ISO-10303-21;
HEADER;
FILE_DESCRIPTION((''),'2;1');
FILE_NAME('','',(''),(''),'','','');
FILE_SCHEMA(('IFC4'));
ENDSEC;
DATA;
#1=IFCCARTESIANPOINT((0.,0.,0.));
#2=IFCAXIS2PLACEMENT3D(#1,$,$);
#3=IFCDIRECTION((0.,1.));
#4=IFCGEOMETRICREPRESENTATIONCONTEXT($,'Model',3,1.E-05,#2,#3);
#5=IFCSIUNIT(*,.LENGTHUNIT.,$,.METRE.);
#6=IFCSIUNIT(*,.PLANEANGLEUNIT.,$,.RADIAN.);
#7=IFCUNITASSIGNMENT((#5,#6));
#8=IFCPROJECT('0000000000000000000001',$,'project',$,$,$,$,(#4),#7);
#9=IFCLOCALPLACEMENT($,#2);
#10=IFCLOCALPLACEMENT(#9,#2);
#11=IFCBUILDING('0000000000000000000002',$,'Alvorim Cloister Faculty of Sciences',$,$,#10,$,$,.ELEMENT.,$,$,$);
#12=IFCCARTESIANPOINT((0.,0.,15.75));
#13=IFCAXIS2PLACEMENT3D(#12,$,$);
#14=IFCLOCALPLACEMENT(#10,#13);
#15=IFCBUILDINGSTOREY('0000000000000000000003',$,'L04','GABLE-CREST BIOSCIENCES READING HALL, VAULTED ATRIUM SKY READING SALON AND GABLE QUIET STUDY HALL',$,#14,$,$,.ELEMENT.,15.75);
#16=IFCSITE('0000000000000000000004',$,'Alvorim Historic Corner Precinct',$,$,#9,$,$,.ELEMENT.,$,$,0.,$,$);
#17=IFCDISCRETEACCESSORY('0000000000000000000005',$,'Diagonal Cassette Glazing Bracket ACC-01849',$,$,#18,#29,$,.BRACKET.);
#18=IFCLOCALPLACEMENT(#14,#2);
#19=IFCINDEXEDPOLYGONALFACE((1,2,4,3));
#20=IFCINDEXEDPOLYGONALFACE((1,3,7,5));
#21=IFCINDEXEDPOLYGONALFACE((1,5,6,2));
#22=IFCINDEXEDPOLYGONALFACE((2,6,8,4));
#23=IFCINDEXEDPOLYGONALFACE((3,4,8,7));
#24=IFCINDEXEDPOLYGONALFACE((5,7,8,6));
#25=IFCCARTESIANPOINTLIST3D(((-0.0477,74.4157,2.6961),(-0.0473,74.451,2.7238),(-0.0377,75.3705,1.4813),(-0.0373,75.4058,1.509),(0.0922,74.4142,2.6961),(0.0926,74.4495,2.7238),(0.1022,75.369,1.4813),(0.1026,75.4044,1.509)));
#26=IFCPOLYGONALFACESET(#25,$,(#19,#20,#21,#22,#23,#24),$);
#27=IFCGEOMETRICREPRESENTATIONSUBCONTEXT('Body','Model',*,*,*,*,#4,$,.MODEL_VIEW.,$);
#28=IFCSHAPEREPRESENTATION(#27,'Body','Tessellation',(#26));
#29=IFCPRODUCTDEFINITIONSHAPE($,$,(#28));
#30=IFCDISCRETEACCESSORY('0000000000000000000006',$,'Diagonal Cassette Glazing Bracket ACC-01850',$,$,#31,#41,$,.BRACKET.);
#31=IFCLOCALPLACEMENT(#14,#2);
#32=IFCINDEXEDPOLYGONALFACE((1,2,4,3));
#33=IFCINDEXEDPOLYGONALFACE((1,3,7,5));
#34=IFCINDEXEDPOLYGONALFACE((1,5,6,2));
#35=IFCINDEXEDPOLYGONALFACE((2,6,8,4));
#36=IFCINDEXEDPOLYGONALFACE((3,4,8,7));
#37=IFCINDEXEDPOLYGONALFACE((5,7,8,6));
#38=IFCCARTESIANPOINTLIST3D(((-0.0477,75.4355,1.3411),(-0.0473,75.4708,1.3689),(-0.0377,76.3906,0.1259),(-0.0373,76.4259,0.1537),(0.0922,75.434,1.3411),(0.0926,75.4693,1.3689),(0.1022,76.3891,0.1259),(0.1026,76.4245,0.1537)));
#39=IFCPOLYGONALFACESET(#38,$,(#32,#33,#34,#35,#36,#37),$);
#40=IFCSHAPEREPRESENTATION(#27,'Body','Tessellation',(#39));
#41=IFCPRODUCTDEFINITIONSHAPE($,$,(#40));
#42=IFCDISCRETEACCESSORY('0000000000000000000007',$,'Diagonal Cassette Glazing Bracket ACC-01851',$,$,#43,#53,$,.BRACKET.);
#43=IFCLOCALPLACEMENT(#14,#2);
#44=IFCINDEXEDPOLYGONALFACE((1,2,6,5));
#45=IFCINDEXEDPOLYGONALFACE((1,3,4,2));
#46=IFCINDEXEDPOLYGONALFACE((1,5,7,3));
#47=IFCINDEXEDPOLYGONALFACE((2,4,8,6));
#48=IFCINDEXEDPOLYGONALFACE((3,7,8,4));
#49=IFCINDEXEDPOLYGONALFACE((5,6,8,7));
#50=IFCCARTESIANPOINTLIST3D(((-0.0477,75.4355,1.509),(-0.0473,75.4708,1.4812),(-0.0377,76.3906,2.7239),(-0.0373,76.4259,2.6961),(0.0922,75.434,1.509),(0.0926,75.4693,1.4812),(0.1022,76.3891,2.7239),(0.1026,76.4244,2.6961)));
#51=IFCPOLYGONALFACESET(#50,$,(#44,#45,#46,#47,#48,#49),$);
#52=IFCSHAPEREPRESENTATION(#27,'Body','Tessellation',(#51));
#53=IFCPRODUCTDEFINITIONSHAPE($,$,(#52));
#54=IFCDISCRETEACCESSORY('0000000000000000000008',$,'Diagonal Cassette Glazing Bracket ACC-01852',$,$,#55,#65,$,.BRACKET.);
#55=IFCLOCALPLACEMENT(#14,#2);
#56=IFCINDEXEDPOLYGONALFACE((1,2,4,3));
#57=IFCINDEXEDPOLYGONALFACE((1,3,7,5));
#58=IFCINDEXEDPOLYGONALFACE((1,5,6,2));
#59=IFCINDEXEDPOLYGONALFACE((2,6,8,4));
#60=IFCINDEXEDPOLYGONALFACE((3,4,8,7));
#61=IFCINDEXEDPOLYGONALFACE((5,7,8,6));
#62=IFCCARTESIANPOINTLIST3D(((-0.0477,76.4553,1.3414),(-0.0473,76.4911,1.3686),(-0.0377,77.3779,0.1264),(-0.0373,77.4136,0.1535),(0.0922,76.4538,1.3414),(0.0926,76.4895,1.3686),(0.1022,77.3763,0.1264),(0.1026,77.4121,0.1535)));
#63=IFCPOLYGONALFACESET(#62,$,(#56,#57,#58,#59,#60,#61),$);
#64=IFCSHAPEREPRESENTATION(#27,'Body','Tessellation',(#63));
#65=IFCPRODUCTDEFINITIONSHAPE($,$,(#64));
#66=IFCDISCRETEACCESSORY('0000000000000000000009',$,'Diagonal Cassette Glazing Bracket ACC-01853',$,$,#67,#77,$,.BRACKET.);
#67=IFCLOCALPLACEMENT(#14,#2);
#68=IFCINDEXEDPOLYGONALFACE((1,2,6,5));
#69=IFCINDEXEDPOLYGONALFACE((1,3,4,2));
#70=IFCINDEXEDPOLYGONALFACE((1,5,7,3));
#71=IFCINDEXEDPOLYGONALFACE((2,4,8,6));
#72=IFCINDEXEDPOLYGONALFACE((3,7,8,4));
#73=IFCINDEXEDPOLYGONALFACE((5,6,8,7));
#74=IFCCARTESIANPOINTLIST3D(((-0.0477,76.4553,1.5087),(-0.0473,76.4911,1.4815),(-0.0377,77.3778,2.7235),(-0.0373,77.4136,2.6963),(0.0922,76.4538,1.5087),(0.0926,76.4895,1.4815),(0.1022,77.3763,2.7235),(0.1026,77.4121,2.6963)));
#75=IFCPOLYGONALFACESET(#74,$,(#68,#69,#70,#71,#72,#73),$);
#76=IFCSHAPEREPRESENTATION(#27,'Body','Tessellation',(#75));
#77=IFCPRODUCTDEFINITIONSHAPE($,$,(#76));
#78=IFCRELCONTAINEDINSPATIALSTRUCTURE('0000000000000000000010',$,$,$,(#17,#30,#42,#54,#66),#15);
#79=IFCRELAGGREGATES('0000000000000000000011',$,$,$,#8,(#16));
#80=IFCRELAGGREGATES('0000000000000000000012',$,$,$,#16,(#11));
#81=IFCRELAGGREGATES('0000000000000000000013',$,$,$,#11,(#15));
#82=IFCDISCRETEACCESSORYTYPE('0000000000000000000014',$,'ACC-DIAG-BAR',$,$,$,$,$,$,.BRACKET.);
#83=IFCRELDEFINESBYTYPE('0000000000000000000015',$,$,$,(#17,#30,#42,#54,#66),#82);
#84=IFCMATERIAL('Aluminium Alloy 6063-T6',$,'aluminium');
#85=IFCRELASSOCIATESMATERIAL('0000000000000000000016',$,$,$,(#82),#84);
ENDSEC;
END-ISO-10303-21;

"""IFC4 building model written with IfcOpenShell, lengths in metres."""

from ifc_helpers import new_model, si_unit, direction, frame, origin, origin_2d, place, context, subcontext, project, spatial, rectangle, extrude, material, type_object, element, save


model = new_model("IFC4")

# Units and contexts
model_context = context("Model", 3, precision=1e-05, world=origin(), true_north=direction((0.0, 1.0)))
body_context = subcontext(model_context, "Body", "Model", "MODEL_VIEW")
ifc_project = project(units=[si_unit("LENGTHUNIT", "METRE"), si_unit("PLANEANGLEUNIT", "RADIAN")], contexts=[model_context])

# Site, building, storey
site_placement = place(None, origin())
site = spatial("IfcSite", under=ifc_project, at=site_placement, Name="Alvorim Historic Corner Precinct", CompositionType="ELEMENT", RefElevation=0.0)
building_placement = place(site_placement, origin())
building = spatial("IfcBuilding", under=site, at=building_placement, Name="Alvorim Cloister Faculty of Sciences", CompositionType="ELEMENT")
storey_placement = place(building_placement, frame((0.0, 0.0, 15.75)))
storey = spatial("IfcBuildingStorey", under=building, at=storey_placement, Name="L04", Description="GABLE-CREST BIOSCIENCES READING HALL, VAULTED ATRIUM SKY READING SALON AND GABLE QUIET STUDY HALL", CompositionType="ELEMENT", Elevation=15.75)

# Shared definitions
ifc_material_1 = material(Name="Aluminium Alloy 6063-T6", Category="aluminium")

# Discrete accessories
discrete_accessory_type = type_object("IfcDiscreteAccessoryType", Name="ACC-DIAG-BAR", PredefinedType="BRACKET", material=ifc_material_1)
discrete_accessory_1_placement = place(storey_placement, frame((0.0225, 74.4326, 2.71), z_axis=(0.006478, 0.617934, -0.786203), x_axis=(-0.999945, 0.010483, 0.0)))
element("IfcDiscreteAccessory", 1, at=discrete_accessory_1_placement, inside=storey, type_object=discrete_accessory_type, Name="Diagonal Cassette Glazing Bracket ACC-01849", PredefinedType="BRACKET", context=body_context, shape_type="SweptSolid", body=[
    extrude(rectangle(XDim=0.1399, YDim=0.0449, at=origin_2d()), origin(), (0.0, 0.0, 1.0), 1.5452),
])
discrete_accessory_2_placement = place(storey_placement, frame((0.0225, 75.4524, 1.355), z_axis=(0.006477, 0.617955, -0.786187), x_axis=(-0.999945, 0.01048, 0.0)))
element("IfcDiscreteAccessory", 2, at=discrete_accessory_2_placement, inside=storey, type_object=discrete_accessory_type, Name="Diagonal Cassette Glazing Bracket ACC-01850", PredefinedType="BRACKET", context=body_context, shape_type="SweptSolid", body=[
    extrude(rectangle(XDim=0.1399, YDim=0.0449, at=origin_2d()), origin(), (0.0, 0.0, 1.0), 1.5457),
])
discrete_accessory_3_placement = place(storey_placement, frame((0.0225, 75.4524, 1.4951), z_axis=(0.006477, 0.618032, 0.786126), x_axis=(-0.999945, 0.01048, 0.0)))
element("IfcDiscreteAccessory", 3, at=discrete_accessory_3_placement, inside=storey, type_object=discrete_accessory_type, Name="Diagonal Cassette Glazing Bracket ACC-01851", PredefinedType="BRACKET", context=body_context, shape_type="SweptSolid", body=[
    extrude(rectangle(XDim=0.1399, YDim=0.0449, at=origin_2d()), origin(), (0.0, 0.0, 1.0), 1.5454),
])
discrete_accessory_4_placement = place(storey_placement, frame((0.0225, 76.4724, 1.355), z_axis=(0.006561, 0.604713, -0.796416), x_axis=(-0.999941, 0.010849, 0.0)))
element("IfcDiscreteAccessory", 4, at=discrete_accessory_4_placement, inside=storey, type_object=discrete_accessory_type, Name="Diagonal Cassette Glazing Bracket ACC-01852", PredefinedType="BRACKET", context=body_context, shape_type="SweptSolid", body=[
    extrude(rectangle(XDim=0.1399, YDim=0.0449, at=origin_2d()), origin(), (0.0, 0.0, 1.0), 1.5256),
])
discrete_accessory_5_placement = place(storey_placement, frame((0.0225, 76.4724, 1.4951), z_axis=(0.006562, 0.60479, 0.796358), x_axis=(-0.999941, 0.010849, 0.0)))
element("IfcDiscreteAccessory", 5, at=discrete_accessory_5_placement, inside=storey, type_object=discrete_accessory_type, Name="Diagonal Cassette Glazing Bracket ACC-01853", PredefinedType="BRACKET", context=body_context, shape_type="SweptSolid", body=[
    extrude(rectangle(XDim=0.1399, YDim=0.0449, at=origin_2d()), origin(), (0.0, 0.0, 1.0), 1.5254),
])

save(model, "model.ifc")
